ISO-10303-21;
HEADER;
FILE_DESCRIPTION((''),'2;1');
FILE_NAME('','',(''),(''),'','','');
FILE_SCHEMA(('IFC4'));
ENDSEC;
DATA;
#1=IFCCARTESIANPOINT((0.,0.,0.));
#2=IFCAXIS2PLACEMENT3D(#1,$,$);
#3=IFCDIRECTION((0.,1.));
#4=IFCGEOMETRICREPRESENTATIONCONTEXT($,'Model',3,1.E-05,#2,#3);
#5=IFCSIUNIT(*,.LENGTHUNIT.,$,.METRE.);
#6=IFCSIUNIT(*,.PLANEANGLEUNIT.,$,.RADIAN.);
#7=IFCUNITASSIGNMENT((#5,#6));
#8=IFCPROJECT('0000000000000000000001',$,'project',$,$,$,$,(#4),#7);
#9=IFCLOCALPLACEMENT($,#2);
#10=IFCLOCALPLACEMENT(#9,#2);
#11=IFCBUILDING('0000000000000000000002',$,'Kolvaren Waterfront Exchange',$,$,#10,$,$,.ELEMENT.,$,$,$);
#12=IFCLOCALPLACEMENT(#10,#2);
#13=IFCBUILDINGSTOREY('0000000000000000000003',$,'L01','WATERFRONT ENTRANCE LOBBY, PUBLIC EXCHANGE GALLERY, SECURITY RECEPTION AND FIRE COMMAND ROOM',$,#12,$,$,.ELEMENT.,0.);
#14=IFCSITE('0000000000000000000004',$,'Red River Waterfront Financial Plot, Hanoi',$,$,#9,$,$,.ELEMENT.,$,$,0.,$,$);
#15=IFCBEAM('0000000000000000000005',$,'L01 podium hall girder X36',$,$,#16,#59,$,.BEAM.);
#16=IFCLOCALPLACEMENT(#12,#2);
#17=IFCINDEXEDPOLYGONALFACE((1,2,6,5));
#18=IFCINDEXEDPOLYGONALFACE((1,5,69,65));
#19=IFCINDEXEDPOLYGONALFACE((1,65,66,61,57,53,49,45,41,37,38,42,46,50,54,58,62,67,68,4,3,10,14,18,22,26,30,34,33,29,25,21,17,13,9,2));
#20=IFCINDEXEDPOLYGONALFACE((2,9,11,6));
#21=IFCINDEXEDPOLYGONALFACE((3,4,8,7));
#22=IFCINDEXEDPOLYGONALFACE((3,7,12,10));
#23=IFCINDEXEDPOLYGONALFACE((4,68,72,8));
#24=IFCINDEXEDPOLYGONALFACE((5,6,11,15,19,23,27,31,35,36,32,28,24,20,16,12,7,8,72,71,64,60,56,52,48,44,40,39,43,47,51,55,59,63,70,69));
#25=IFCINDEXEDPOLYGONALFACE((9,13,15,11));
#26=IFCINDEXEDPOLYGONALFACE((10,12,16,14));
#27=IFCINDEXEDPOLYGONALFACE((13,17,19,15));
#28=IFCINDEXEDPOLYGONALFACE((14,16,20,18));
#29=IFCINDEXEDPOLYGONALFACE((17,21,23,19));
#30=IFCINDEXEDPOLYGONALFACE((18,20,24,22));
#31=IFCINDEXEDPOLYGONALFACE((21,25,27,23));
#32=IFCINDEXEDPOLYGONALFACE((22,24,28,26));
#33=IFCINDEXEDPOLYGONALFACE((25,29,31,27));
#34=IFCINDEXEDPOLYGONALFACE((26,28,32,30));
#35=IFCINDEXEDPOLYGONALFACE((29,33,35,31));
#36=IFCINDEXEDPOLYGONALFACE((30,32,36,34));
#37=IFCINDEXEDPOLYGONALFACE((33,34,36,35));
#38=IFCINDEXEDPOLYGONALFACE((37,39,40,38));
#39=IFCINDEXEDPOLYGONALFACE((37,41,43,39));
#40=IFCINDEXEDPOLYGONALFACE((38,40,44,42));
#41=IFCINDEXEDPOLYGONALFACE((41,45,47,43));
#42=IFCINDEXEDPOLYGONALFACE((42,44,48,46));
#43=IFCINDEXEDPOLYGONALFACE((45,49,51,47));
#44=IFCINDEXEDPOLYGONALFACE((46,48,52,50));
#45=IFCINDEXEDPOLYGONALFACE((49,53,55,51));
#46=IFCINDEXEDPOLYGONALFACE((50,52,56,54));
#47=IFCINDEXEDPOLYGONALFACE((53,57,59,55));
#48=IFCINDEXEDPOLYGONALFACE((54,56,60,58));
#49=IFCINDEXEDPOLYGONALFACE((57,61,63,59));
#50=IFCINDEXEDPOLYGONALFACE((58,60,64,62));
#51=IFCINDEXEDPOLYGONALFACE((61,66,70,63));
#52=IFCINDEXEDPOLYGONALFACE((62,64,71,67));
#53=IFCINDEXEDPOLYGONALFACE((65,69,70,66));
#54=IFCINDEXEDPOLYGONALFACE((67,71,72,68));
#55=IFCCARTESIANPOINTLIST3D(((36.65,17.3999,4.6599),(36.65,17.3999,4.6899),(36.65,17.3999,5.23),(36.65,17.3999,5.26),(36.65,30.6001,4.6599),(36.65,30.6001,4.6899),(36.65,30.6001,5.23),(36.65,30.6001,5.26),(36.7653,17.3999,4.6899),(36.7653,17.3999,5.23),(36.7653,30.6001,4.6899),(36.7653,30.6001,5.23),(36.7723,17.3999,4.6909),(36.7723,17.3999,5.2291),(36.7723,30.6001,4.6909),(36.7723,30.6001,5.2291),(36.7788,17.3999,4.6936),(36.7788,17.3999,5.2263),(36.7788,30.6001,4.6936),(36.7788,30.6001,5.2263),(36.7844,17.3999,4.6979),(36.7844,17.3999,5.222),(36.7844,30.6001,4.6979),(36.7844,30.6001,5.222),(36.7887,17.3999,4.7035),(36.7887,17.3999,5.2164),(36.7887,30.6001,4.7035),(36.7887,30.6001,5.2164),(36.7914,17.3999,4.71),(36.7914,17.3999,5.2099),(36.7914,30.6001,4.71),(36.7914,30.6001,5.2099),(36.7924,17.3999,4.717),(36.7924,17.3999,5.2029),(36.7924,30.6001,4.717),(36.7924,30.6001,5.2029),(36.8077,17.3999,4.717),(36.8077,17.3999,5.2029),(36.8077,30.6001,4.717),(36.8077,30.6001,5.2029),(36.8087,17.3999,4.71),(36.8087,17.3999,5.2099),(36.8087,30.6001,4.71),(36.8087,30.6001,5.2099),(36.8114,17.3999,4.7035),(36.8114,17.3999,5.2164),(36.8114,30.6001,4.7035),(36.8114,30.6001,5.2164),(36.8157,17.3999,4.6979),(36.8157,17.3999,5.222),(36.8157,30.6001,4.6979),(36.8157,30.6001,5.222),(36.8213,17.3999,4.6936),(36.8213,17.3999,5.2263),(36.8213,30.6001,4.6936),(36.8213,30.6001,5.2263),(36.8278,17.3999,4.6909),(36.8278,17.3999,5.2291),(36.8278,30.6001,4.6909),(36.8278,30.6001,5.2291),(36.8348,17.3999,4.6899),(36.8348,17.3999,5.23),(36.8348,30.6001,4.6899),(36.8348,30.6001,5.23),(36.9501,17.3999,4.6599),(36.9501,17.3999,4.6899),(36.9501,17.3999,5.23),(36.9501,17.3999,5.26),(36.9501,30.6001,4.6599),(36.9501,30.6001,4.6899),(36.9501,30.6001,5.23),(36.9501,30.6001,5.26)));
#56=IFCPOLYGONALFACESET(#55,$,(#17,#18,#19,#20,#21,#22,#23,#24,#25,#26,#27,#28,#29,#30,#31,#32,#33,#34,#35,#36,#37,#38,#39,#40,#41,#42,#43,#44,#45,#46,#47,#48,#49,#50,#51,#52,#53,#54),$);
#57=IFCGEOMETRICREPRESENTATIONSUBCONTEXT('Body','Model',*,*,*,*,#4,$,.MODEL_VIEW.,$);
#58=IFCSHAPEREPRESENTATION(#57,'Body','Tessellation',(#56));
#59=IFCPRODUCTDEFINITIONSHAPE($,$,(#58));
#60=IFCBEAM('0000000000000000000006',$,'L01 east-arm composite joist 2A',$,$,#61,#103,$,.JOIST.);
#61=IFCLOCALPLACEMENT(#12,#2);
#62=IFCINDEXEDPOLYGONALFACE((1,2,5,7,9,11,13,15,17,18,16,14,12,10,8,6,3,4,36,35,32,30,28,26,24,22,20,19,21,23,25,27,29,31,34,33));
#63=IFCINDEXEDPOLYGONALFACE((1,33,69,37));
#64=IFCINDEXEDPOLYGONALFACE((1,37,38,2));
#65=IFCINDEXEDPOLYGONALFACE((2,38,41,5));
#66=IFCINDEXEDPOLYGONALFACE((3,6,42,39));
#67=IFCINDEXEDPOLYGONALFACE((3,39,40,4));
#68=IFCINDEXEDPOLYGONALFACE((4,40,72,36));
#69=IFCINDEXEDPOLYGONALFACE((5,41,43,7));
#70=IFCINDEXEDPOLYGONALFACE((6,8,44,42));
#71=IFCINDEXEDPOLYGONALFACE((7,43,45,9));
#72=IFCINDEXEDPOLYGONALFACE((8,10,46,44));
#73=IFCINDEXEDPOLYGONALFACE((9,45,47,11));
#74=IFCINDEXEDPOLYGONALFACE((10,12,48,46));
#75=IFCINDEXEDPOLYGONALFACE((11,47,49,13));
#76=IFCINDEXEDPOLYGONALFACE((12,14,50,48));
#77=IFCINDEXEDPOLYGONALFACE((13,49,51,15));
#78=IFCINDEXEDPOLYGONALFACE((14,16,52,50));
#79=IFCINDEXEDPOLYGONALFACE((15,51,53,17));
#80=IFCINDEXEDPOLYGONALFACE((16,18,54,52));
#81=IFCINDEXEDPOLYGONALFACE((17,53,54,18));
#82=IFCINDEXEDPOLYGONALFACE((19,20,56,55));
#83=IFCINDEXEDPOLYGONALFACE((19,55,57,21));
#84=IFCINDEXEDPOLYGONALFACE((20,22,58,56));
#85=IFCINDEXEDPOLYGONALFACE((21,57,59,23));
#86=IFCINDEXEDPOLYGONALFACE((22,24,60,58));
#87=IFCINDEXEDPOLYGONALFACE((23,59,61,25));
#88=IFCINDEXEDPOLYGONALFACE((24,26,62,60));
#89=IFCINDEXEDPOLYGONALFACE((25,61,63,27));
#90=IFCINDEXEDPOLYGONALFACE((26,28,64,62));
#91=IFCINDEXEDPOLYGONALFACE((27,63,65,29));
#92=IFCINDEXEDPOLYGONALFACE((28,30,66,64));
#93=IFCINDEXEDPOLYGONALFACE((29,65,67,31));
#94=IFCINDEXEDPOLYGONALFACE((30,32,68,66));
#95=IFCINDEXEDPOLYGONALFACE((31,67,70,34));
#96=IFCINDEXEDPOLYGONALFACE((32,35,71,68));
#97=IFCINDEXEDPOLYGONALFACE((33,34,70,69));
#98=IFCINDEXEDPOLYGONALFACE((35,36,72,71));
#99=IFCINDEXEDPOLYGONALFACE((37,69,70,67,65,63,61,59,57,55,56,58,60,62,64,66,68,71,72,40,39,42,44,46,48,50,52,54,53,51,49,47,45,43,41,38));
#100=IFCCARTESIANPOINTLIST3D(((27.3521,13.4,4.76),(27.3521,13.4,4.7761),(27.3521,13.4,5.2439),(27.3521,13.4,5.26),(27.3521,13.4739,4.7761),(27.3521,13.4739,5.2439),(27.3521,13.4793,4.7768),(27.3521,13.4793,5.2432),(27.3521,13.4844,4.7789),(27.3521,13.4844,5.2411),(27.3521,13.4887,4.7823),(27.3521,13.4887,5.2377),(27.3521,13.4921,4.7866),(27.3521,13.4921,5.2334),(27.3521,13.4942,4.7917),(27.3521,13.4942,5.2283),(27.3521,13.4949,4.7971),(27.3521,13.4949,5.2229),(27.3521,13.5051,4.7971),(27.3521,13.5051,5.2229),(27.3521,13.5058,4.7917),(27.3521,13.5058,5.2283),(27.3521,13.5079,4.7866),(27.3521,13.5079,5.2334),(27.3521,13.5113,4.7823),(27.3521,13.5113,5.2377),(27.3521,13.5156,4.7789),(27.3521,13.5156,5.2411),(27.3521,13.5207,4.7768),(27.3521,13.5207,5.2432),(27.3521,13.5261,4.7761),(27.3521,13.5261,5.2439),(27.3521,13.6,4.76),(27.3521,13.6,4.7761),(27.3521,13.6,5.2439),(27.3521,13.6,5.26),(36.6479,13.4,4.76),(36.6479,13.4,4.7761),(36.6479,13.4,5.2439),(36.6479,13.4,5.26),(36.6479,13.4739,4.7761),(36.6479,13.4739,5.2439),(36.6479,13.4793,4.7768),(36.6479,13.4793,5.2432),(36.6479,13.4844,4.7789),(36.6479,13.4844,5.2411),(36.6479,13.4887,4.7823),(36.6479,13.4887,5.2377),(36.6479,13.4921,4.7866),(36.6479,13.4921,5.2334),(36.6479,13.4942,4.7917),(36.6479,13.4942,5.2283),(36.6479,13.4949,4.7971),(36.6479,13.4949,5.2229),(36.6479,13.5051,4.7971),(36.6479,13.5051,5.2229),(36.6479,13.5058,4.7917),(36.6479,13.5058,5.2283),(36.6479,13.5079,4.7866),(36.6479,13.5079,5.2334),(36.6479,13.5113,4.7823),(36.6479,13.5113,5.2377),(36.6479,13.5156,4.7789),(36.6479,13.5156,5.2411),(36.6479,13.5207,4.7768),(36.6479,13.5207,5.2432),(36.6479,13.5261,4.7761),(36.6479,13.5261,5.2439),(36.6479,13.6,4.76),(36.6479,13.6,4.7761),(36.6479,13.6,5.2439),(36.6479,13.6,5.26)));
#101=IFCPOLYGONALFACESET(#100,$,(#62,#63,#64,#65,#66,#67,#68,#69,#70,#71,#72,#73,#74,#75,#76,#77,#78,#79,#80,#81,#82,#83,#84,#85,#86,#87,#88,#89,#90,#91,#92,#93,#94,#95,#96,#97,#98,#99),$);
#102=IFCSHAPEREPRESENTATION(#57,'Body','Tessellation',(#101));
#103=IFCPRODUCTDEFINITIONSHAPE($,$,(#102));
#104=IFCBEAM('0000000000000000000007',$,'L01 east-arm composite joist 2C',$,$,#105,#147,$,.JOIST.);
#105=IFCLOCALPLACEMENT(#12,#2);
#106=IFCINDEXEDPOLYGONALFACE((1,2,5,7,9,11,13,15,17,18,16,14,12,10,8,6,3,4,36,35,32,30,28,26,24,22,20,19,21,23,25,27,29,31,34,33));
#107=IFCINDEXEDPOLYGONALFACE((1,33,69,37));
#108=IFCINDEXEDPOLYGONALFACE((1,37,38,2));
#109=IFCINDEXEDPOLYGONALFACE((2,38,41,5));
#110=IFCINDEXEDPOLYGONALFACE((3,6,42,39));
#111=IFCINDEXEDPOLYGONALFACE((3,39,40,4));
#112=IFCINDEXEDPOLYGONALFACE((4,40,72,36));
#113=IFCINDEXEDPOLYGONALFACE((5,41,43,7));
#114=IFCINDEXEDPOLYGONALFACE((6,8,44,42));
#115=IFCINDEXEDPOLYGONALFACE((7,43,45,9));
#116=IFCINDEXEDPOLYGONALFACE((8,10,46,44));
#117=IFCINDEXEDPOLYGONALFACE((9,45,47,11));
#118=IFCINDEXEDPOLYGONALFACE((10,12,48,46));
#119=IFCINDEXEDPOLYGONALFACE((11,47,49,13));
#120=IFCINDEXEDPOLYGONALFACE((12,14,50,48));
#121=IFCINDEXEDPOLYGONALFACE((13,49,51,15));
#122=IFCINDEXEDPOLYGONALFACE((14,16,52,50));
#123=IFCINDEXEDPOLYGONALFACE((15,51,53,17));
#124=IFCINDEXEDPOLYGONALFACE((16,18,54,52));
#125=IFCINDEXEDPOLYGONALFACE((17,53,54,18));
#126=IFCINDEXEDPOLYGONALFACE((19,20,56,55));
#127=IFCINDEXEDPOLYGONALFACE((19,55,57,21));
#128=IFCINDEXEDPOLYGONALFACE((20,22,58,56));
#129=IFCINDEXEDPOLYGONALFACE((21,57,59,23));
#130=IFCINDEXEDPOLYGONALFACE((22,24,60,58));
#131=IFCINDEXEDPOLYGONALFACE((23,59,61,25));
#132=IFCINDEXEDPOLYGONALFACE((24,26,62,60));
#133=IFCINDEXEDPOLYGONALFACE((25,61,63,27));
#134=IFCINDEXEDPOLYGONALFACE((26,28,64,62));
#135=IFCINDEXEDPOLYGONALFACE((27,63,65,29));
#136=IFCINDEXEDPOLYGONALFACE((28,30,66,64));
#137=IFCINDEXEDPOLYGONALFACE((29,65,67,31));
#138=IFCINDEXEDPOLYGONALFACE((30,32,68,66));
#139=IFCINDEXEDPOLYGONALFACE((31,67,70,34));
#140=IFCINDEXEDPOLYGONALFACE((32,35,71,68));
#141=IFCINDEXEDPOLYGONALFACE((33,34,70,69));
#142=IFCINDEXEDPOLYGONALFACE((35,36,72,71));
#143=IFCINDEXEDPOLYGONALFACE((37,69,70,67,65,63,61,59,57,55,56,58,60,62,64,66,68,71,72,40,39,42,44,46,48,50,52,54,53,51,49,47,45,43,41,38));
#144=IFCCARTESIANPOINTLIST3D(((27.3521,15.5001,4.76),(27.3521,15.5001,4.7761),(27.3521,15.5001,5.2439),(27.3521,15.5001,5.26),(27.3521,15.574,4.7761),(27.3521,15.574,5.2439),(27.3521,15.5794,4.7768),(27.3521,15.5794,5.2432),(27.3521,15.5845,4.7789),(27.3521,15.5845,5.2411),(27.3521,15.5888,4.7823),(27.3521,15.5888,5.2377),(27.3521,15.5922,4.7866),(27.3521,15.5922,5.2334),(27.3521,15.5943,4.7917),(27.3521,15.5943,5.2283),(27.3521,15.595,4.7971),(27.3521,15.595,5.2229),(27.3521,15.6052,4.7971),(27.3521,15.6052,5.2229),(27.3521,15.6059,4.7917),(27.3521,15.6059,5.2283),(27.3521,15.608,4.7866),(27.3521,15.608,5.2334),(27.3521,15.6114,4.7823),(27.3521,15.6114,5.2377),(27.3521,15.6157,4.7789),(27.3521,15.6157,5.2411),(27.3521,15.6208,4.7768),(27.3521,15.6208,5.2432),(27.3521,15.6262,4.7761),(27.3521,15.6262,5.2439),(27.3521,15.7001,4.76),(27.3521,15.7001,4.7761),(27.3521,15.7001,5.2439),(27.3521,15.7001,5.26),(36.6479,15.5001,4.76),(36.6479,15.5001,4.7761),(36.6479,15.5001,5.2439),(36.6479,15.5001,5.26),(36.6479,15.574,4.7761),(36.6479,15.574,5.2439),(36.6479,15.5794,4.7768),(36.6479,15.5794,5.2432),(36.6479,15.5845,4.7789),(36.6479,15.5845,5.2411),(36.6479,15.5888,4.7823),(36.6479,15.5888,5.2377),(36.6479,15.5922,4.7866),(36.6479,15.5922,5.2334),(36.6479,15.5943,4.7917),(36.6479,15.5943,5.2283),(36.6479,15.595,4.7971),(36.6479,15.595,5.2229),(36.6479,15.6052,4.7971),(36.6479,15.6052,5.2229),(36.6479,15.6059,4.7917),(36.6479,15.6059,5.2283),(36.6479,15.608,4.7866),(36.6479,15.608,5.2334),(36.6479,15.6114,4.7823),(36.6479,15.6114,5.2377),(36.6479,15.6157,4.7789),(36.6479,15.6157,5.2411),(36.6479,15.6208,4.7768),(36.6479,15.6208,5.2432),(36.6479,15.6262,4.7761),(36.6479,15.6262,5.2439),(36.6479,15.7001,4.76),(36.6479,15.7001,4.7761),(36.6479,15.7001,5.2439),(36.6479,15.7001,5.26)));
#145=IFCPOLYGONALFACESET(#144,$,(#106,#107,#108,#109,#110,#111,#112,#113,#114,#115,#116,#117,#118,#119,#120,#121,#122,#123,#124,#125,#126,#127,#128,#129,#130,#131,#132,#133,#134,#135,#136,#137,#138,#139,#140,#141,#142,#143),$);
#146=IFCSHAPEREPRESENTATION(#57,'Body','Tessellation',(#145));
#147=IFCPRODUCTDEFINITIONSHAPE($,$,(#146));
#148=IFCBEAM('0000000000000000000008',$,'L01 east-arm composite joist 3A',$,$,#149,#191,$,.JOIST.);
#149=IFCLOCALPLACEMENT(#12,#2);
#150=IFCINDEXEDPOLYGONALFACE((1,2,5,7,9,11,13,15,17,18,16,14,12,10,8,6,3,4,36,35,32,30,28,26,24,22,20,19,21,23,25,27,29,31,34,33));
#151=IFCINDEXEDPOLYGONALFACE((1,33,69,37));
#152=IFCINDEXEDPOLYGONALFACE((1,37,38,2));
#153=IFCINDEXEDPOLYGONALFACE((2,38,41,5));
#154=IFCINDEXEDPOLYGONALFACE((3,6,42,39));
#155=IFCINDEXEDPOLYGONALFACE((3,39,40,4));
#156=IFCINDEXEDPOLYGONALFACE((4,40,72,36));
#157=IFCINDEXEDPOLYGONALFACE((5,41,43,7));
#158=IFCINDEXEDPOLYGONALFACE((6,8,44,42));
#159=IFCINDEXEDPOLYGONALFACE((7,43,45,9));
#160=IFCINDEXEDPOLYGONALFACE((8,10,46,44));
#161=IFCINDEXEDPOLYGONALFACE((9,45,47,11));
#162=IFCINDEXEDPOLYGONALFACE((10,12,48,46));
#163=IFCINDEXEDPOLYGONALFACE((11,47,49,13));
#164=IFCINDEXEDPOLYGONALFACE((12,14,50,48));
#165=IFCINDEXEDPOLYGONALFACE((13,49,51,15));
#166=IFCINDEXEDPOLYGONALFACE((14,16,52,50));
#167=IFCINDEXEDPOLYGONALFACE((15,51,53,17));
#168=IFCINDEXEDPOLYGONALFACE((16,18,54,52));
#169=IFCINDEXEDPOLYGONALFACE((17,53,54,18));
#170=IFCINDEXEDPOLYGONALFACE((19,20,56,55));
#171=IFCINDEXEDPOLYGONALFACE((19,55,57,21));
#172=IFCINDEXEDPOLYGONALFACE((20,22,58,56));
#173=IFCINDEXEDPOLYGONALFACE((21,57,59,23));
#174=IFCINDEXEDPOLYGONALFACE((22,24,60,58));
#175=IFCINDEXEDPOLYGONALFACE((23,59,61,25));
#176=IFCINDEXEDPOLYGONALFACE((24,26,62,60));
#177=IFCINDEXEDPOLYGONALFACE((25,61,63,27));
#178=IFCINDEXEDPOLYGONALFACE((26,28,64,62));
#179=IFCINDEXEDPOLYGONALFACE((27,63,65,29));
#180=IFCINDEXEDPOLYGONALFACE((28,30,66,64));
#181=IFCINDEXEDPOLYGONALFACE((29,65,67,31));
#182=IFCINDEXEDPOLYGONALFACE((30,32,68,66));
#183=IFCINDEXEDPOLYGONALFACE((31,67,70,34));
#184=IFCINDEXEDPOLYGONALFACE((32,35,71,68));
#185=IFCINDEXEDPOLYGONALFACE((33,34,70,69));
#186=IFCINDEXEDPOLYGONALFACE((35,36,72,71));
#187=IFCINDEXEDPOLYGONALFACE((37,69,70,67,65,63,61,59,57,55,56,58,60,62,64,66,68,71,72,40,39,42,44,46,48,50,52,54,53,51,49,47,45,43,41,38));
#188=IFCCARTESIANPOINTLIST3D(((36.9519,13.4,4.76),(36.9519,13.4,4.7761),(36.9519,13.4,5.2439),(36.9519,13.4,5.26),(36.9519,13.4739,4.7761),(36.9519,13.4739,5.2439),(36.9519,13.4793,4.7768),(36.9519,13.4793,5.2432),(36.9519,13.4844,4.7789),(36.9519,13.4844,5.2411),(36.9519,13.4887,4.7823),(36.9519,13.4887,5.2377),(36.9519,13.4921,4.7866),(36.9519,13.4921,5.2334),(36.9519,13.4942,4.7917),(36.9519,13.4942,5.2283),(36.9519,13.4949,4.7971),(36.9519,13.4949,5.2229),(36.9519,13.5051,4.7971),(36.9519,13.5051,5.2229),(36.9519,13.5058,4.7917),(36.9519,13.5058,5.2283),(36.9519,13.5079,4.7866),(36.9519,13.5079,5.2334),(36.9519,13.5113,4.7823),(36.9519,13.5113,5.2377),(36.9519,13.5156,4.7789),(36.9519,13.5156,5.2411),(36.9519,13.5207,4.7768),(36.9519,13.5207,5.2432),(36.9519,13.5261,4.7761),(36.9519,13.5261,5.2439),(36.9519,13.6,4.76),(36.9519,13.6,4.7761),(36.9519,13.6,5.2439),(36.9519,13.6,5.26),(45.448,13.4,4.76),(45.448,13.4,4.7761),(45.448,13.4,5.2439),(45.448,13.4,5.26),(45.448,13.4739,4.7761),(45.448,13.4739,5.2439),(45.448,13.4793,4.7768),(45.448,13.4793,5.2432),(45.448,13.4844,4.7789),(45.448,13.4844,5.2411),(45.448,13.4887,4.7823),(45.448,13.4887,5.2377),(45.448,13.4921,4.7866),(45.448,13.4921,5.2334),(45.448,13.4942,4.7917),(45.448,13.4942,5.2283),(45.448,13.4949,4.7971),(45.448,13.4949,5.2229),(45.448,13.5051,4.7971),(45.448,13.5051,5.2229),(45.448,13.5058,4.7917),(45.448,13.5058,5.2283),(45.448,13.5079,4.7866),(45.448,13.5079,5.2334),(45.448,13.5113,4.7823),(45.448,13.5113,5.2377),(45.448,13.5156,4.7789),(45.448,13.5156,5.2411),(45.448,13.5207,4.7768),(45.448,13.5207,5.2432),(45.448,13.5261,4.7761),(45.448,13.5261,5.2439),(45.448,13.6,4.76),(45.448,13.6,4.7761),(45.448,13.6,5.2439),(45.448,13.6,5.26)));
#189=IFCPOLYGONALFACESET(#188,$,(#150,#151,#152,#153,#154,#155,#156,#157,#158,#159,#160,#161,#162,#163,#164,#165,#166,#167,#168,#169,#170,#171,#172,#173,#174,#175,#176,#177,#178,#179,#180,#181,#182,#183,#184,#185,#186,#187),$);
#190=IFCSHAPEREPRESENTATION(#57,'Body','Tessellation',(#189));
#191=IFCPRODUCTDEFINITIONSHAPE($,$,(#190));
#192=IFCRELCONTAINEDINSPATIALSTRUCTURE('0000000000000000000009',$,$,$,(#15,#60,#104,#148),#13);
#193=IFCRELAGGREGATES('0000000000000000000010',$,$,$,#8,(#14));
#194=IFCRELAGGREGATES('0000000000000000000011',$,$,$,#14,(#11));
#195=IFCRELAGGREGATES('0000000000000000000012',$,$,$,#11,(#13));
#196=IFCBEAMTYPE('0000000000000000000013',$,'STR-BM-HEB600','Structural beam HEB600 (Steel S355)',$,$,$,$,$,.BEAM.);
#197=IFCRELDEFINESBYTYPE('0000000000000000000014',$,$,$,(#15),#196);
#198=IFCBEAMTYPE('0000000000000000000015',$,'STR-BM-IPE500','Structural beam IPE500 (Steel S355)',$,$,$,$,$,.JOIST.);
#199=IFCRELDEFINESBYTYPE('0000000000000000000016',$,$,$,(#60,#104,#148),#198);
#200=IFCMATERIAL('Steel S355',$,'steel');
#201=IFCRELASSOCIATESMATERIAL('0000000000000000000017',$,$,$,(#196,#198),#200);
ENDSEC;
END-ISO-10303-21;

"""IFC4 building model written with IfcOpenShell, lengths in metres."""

from ifc_helpers import new_model, si_unit, direction, frame, origin, origin_2d, place, context, subcontext, project, spatial, i_section, extrude, material, material_profile, profile_set, type_object, element, save


model = new_model("IFC4")

# Units and contexts
model_context = context("Model", 3, precision=1e-05, world=origin(), true_north=direction((0.0, 1.0)))
body_context = subcontext(model_context, "Body", "Model", "MODEL_VIEW")
ifc_project = project(units=[si_unit("LENGTHUNIT", "METRE"), si_unit("PLANEANGLEUNIT", "RADIAN")], contexts=[model_context])

# Site, building, storey
site_placement = place(None, origin())
site = spatial("IfcSite", under=ifc_project, at=site_placement, Name="Red River Waterfront Financial Plot, Hanoi", CompositionType="ELEMENT", RefElevation=0.0)
building_placement = place(site_placement, origin())
building = spatial("IfcBuilding", under=site, at=building_placement, Name="Kolvaren Waterfront Exchange", CompositionType="ELEMENT")
storey_placement = place(building_placement, origin())
storey = spatial("IfcBuildingStorey", under=building, at=storey_placement, Name="L01", Description="WATERFRONT ENTRANCE LOBBY, PUBLIC EXCHANGE GALLERY, SECURITY RECEPTION AND FIRE COMMAND ROOM", CompositionType="ELEMENT", Elevation=0.0)

# Beams
ifc_material_1 = material(Name="Steel S355", Category="steel")
ifc_material_profile_1 = material_profile(ifc_material_1, i_section(OverallWidth=0.3, OverallDepth=0.6001, WebThickness=0.0154, FlangeThickness=0.03, FilletRadius=0.0271, at=origin_2d()), Name="HEB600")
ifc_profile_set_1 = profile_set([ifc_material_profile_1], Name="Steel S355")
beam_type_1 = type_object("IfcBeamType", Name="STR-BM-HEB600", Description="Structural beam HEB600 (Steel S355)", PredefinedType="BEAM", material=ifc_profile_set_1)
for number, where, z_axis, x_axis, name in (
    (1, (36.8, 17.3999, 4.96), (0.0, 1.0, 0.0), (-1.0, 0.0, 0.0), "L01 podium hall girder X36"),
):
    element("IfcBeam", number, at=place(storey_placement, frame(where, z_axis=z_axis, x_axis=x_axis)), inside=storey, type_object=beam_type_1, Name=name, PredefinedType="BEAM", context=body_context, shape_type="SweptSolid", body=[
        extrude(i_section(OverallWidth=0.3, OverallDepth=0.6001, WebThickness=0.0154, FlangeThickness=0.03, FilletRadius=0.0271, at=origin_2d()), origin(), (0.0, 0.0, 1.0), 13.2002),
    ])
ifc_material_profile_2 = material_profile(ifc_material_1, i_section(OverallWidth=0.2, OverallDepth=0.5, WebThickness=0.0103, FlangeThickness=0.0161, FilletRadius=0.021, at=origin_2d()), Name="IPE500")
ifc_profile_set_2 = profile_set([ifc_material_profile_2], Name="Steel S355")
beam_type_2 = type_object("IfcBeamType", Name="STR-BM-IPE500", Description="Structural beam IPE500 (Steel S355)", PredefinedType="JOIST", material=ifc_profile_set_2)
for number, where, z_axis, x_axis, name in (
    (2, (27.3521, 13.5, 5.01), (1.0, 0.0, 0.0), (0.0, 1.0, 0.0), "L01 east-arm composite joist 2A"),
    (3, (27.3521, 15.6001, 5.01), (1.0, 0.0, 0.0), (0.0, 1.0, 0.0), "L01 east-arm composite joist 2C"),
):
    element("IfcBeam", number, at=place(storey_placement, frame(where, z_axis=z_axis, x_axis=x_axis)), inside=storey, type_object=beam_type_2, Name=name, PredefinedType="JOIST", context=body_context, shape_type="SweptSolid", body=[
        extrude(i_section(OverallWidth=0.2, OverallDepth=0.5, WebThickness=0.0103, FlangeThickness=0.0161, FilletRadius=0.021, at=origin_2d()), origin(), (0.0, 0.0, 1.0), 9.2959),
    ])
for number, where, z_axis, x_axis, name in (
    (4, (36.9519, 13.5, 5.01), (1.0, 0.0, 0.0), (0.0, 1.0, 0.0), "L01 east-arm composite joist 3A"),
):
    element("IfcBeam", number, at=place(storey_placement, frame(where, z_axis=z_axis, x_axis=x_axis)), inside=storey, type_object=beam_type_2, Name=name, PredefinedType="JOIST", context=body_context, shape_type="SweptSolid", body=[
        extrude(i_section(OverallWidth=0.2, OverallDepth=0.5, WebThickness=0.0103, FlangeThickness=0.0161, FilletRadius=0.021, at=origin_2d()), origin(), (0.0, 0.0, 1.0), 8.4961),
    ])

save(model, "model.ifc")
